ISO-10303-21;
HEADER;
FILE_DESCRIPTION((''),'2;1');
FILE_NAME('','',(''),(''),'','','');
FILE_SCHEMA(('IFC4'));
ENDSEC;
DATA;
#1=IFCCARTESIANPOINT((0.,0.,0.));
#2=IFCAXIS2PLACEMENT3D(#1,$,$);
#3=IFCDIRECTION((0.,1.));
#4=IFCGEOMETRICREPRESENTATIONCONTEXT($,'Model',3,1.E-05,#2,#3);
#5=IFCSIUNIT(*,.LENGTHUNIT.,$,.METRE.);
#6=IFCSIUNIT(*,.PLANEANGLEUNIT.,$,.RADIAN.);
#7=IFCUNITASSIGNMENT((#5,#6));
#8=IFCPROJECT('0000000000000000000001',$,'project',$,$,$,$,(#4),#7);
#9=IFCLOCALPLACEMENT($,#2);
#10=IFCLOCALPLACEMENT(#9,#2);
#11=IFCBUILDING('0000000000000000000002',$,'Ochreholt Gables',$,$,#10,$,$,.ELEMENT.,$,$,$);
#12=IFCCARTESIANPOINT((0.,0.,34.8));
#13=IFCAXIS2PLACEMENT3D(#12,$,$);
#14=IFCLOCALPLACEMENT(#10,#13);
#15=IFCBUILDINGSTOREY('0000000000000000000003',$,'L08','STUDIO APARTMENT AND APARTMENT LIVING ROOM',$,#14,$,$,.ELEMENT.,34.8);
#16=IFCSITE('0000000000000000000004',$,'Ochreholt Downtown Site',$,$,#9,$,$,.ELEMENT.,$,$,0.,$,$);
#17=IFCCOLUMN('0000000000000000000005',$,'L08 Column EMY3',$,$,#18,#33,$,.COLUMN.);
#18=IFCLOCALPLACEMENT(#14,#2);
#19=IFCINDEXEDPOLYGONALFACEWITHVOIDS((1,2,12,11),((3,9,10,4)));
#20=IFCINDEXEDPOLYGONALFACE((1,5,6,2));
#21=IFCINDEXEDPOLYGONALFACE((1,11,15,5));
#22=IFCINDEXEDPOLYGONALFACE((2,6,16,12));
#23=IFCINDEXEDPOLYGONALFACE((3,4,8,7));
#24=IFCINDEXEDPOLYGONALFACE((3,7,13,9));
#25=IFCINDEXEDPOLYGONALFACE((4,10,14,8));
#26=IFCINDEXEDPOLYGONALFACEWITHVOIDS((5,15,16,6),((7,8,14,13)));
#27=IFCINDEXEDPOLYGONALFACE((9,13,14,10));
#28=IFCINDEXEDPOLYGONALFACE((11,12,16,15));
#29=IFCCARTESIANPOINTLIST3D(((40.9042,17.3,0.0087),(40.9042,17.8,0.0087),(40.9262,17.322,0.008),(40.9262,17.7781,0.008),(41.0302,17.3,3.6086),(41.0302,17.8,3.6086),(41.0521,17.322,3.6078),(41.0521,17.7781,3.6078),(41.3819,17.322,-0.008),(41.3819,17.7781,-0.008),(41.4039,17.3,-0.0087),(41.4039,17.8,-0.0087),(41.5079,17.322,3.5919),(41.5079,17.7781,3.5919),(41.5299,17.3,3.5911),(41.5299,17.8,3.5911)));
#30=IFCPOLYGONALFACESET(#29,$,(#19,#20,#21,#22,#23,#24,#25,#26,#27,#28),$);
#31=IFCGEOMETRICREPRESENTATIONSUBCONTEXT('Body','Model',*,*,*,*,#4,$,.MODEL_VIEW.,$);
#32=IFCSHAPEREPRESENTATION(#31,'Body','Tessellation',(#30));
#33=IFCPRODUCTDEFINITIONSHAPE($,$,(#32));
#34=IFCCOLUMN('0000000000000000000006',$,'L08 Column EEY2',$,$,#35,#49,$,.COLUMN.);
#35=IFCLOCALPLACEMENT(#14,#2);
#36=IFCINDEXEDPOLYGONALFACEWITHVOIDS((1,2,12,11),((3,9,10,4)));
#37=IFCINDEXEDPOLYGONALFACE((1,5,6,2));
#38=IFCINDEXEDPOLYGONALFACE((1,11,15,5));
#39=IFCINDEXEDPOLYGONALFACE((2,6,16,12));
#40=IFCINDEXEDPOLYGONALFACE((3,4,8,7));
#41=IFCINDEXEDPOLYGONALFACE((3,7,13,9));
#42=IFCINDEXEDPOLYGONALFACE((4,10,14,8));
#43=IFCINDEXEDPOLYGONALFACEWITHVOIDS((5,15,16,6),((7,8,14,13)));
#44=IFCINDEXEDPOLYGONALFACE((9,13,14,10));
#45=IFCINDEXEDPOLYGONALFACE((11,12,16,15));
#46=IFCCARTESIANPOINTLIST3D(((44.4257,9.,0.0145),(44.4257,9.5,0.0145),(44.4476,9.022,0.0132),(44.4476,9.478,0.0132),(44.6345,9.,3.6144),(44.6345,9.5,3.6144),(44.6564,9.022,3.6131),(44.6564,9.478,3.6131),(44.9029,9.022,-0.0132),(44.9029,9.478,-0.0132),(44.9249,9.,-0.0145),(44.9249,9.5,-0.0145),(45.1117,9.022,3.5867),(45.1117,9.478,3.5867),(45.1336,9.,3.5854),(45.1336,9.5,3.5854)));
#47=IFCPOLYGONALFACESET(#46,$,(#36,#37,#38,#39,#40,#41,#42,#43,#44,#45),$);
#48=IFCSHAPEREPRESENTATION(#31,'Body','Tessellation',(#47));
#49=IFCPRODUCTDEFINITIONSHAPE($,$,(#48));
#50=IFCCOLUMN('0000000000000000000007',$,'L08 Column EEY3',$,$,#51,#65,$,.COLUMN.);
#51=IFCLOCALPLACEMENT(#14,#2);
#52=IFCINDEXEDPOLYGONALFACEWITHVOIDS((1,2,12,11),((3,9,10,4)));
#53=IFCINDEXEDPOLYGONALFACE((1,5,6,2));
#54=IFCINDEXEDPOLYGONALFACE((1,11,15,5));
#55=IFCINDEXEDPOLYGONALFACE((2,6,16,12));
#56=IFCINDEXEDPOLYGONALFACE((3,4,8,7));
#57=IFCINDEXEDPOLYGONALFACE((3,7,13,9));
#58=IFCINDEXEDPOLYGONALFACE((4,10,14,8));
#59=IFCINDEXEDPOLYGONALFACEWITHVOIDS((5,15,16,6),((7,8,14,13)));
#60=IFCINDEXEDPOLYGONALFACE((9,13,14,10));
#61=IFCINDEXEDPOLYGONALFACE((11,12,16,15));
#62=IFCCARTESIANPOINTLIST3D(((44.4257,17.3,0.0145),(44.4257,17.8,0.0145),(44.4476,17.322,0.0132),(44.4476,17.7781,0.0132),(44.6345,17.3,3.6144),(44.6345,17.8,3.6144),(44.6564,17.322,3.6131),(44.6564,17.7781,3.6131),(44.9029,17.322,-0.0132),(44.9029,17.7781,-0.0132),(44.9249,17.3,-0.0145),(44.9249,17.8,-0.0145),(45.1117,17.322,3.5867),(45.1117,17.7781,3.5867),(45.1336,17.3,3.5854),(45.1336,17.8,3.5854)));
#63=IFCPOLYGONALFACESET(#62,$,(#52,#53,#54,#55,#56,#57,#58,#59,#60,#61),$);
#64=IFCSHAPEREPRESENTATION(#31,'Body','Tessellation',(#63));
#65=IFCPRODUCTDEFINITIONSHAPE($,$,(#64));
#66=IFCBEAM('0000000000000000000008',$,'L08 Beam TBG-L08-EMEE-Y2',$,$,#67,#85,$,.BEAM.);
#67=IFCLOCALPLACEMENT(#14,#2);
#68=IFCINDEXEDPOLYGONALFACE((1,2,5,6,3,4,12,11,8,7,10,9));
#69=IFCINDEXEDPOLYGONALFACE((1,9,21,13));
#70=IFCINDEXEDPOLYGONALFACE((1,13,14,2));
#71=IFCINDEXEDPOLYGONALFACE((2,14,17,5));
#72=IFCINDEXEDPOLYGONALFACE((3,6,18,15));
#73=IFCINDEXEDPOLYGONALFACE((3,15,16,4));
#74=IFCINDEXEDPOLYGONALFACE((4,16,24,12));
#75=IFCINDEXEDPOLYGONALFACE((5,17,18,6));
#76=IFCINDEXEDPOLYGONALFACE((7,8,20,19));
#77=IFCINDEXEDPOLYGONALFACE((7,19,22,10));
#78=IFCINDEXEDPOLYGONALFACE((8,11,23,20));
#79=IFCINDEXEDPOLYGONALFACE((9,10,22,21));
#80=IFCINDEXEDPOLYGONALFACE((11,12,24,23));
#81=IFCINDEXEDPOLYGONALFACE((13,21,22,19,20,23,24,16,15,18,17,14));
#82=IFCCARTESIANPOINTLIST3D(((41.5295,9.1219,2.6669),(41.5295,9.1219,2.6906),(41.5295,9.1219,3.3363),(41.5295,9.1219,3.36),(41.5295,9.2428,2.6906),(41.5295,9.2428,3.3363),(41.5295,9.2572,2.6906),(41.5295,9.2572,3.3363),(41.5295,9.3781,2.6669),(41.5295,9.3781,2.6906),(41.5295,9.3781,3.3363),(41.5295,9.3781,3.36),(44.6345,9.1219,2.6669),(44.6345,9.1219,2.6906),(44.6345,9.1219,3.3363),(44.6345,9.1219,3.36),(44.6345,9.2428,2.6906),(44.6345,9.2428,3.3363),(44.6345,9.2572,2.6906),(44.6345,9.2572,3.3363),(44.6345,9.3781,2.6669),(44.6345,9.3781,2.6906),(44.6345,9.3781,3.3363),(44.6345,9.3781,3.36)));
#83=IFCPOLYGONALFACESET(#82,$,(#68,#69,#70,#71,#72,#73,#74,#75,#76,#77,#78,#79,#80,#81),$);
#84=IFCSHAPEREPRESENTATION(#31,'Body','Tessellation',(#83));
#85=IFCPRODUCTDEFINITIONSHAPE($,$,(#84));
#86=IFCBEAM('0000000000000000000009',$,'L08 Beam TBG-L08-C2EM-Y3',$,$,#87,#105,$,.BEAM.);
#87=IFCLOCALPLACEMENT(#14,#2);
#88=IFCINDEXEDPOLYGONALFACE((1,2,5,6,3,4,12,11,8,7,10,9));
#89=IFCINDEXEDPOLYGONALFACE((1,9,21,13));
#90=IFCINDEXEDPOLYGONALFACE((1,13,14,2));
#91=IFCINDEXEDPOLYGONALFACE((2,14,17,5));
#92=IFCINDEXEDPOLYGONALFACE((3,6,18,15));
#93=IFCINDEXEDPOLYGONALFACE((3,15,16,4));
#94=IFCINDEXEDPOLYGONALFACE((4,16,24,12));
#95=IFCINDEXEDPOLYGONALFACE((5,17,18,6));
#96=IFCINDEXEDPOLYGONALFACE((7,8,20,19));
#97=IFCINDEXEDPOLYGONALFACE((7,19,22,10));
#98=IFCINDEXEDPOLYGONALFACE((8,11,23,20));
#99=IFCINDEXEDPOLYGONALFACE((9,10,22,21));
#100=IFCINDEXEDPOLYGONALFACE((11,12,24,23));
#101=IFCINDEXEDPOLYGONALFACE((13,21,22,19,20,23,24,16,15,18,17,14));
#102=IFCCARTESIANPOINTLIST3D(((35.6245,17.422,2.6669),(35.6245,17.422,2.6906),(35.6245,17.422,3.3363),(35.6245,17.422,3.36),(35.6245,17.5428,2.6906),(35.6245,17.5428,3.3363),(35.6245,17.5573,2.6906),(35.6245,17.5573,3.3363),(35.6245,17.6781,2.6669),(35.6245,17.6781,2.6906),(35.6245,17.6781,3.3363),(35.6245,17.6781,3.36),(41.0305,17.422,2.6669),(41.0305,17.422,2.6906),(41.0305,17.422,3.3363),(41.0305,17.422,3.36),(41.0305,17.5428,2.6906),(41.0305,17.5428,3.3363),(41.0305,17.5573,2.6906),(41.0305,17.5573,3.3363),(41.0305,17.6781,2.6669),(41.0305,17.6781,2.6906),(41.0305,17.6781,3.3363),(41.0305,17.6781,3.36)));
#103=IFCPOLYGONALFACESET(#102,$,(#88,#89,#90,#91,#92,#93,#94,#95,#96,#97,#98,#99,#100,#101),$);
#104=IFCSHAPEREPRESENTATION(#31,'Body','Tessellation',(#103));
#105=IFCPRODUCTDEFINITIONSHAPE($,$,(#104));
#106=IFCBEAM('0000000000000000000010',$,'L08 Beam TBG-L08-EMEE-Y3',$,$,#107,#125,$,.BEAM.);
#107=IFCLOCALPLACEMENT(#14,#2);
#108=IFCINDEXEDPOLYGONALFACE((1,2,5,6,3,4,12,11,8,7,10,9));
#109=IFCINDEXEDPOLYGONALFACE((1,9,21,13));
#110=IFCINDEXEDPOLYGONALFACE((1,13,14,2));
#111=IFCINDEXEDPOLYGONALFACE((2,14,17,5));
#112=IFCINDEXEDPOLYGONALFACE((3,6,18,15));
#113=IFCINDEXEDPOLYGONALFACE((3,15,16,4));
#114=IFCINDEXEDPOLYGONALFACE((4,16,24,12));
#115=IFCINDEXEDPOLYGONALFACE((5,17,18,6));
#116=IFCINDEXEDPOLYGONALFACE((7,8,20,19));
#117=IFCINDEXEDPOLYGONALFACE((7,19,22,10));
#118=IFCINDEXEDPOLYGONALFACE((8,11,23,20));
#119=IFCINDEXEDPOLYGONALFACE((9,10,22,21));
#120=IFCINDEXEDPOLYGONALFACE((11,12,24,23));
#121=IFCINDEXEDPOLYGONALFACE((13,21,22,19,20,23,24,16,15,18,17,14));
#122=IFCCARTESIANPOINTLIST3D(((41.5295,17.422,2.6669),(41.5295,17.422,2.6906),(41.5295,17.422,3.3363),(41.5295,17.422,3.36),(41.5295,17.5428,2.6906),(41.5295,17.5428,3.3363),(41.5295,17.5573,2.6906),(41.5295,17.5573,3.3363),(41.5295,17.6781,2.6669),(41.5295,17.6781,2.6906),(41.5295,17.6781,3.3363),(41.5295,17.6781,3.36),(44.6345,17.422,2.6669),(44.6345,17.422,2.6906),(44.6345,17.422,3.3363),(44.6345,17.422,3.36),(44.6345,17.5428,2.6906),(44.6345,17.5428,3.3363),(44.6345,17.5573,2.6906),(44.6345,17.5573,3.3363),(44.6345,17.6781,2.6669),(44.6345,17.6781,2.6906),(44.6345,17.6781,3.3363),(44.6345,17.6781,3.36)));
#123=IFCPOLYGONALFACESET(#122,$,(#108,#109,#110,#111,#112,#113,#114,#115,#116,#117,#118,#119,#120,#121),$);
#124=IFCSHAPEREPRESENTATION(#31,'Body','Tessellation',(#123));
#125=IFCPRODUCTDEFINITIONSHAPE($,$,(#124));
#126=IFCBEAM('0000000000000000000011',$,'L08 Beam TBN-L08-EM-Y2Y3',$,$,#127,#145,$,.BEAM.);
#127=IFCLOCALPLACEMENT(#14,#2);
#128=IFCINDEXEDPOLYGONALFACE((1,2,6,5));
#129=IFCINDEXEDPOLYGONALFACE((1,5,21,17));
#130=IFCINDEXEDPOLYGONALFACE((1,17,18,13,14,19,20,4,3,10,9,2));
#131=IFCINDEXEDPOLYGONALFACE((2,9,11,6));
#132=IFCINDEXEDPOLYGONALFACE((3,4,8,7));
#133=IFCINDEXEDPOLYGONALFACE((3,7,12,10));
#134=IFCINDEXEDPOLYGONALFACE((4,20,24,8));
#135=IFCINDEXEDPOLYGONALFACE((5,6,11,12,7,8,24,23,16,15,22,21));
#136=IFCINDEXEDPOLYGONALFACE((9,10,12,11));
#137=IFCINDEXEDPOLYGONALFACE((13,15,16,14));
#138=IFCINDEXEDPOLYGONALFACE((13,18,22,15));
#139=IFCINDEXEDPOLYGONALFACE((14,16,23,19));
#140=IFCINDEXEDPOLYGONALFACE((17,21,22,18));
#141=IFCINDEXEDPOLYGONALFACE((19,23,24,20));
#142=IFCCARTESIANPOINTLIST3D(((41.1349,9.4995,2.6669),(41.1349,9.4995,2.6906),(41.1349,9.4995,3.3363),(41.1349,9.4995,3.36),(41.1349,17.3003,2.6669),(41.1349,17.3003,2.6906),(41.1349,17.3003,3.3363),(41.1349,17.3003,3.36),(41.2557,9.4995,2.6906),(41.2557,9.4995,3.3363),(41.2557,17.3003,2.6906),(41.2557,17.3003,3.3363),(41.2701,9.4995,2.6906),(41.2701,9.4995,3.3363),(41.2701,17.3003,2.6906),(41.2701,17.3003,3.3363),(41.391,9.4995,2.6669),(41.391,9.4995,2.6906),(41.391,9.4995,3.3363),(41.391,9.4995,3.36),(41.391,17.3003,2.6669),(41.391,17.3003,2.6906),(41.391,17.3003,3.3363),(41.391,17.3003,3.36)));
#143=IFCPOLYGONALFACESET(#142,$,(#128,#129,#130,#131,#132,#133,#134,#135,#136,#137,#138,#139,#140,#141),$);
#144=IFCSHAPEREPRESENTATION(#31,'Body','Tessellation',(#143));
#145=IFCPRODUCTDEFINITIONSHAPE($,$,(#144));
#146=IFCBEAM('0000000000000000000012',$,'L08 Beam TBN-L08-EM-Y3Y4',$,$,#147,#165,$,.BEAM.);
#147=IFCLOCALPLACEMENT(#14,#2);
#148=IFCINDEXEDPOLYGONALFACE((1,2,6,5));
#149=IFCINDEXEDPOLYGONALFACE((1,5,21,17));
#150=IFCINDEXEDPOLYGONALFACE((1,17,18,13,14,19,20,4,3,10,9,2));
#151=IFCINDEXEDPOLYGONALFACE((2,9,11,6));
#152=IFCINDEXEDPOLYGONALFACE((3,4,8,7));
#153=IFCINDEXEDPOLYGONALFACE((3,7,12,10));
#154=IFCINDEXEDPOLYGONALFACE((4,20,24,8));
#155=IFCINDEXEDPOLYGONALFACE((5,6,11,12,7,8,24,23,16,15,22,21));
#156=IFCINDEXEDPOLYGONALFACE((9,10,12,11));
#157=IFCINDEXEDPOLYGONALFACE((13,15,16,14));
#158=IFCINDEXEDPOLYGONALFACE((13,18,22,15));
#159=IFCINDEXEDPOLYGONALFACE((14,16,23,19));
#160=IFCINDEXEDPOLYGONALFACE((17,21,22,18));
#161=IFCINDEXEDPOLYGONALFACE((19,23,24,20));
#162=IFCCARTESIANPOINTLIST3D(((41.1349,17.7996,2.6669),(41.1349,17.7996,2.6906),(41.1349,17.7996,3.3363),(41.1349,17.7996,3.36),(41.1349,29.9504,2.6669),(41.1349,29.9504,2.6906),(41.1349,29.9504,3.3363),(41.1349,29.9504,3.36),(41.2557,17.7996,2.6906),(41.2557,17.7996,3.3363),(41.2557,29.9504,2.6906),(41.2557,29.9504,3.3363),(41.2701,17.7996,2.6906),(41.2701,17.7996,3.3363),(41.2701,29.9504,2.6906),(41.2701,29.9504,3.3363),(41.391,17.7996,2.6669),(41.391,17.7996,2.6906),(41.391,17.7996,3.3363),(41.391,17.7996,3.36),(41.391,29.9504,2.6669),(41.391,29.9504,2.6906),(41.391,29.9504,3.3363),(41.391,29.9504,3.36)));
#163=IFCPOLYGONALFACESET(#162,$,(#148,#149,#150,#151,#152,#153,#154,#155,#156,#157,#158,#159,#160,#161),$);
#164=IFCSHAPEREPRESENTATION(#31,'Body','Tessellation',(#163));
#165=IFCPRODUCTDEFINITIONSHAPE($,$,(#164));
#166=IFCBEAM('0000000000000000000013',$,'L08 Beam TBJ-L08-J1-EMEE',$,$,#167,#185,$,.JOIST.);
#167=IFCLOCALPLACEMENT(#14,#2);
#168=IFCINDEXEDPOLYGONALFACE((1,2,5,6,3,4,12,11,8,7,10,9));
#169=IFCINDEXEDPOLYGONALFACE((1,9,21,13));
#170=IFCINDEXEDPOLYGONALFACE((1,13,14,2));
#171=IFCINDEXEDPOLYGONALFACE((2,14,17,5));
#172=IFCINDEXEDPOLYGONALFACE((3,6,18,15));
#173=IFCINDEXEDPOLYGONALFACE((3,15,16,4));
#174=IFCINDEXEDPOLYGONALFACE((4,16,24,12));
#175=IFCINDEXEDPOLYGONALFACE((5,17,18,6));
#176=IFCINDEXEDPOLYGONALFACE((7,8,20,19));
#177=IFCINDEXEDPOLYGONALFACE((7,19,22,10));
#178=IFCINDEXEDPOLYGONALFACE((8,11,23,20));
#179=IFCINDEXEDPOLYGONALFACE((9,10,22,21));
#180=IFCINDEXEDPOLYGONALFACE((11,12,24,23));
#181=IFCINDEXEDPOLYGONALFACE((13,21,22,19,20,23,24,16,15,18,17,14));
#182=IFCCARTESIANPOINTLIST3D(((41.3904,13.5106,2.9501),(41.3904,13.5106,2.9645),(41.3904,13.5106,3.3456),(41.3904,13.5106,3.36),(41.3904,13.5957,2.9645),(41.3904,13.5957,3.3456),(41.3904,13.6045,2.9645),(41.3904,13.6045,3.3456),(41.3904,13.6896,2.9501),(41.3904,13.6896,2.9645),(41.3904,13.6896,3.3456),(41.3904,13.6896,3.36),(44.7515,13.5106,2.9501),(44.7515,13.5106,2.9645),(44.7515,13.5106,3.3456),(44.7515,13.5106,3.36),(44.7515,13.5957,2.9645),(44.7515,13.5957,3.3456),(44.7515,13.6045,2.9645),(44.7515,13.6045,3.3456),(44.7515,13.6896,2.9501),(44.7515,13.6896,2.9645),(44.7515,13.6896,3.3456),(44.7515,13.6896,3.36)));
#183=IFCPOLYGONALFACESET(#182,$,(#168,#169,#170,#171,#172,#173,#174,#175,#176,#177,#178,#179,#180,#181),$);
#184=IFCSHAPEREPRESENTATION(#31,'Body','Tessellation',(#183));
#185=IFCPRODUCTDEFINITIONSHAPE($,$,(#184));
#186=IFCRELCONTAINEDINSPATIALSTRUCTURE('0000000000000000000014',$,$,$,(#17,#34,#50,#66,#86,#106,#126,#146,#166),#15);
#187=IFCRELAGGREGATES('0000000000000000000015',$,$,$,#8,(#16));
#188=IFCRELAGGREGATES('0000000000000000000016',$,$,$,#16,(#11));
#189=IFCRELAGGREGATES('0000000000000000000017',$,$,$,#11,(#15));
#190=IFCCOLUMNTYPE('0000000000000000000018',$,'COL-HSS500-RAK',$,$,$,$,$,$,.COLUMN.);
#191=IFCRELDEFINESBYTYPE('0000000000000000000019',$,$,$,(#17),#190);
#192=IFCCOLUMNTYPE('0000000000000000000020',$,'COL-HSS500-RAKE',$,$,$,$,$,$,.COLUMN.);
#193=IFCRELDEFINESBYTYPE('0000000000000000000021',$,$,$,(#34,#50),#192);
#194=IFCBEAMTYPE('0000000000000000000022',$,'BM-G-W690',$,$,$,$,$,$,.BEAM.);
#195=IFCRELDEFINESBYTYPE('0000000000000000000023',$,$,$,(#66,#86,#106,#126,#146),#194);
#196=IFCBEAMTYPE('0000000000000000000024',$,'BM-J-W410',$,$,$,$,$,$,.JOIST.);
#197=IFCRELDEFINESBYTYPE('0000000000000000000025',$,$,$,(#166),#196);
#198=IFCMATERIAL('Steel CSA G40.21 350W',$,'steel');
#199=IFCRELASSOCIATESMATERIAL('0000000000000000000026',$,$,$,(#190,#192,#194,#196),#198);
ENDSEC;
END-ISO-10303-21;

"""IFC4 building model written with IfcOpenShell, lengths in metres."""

from ifc_helpers import new_model, si_unit, direction, frame, origin, origin_2d, place, context, subcontext, project, spatial, hollow_rectangle, i_section, extrude, material, material_profile, profile_set, type_object, element, save


model = new_model("IFC4")

# Units and contexts
model_context = context("Model", 3, precision=1e-05, world=origin(), true_north=direction((0.0, 1.0)))
body_context = subcontext(model_context, "Body", "Model", "MODEL_VIEW")
ifc_project = project(units=[si_unit("LENGTHUNIT", "METRE"), si_unit("PLANEANGLEUNIT", "RADIAN")], contexts=[model_context])

# Site, building, storey
site_placement = place(None, origin())
site = spatial("IfcSite", under=ifc_project, at=site_placement, Name="Ochreholt Downtown Site", CompositionType="ELEMENT", RefElevation=0.0)
building_placement = place(site_placement, origin())
building = spatial("IfcBuilding", under=site, at=building_placement, Name="Ochreholt Gables", CompositionType="ELEMENT")
storey_placement = place(building_placement, frame((0.0, 0.0, 34.8)))
storey = spatial("IfcBuildingStorey", under=building, at=storey_placement, Name="L08", Description="STUDIO APARTMENT AND APARTMENT LIVING ROOM", CompositionType="ELEMENT", Elevation=34.8)

# Columns
ifc_material_1 = material(Name="Steel CSA G40.21 350W", Category="steel")
ifc_material_profile_1 = material_profile(ifc_material_1, hollow_rectangle(XDim=0.5, YDim=0.5, WallThickness=0.022, at=origin_2d()), Name="HSS500X500X22")
ifc_profile_set_1 = profile_set([ifc_material_profile_1], Name="Steel CSA G40.21 350W")
column_type_1 = type_object("IfcColumnType", Name="COL-HSS500-RAK", PredefinedType="COLUMN", material=ifc_profile_set_1)
column_placement = place(storey_placement, frame((41.1541, 17.55, 0.0), z_axis=(0.034974, 0.0, 0.999388), x_axis=(0.0, 1.0, 0.0)))
element("IfcColumn", 1, at=column_placement, inside=storey, type_object=column_type_1, Name="L08 Column EMY3", PredefinedType="COLUMN", context=body_context, shape_type="SweptSolid", body=[
    extrude(hollow_rectangle(XDim=0.5, YDim=0.5, WallThickness=0.022, at=origin_2d()), origin(), (0.0, 0.0, 1.0), 3.6021),
])
ifc_material_profile_2 = material_profile(ifc_material_1, hollow_rectangle(XDim=0.5, YDim=0.5, WallThickness=0.022, at=origin_2d()), Name="HSS500X500X22")
ifc_profile_set_2 = profile_set([ifc_material_profile_2], Name="Steel CSA G40.21 350W")
column_type_2 = type_object("IfcColumnType", Name="COL-HSS500-RAKE", PredefinedType="COLUMN", material=ifc_profile_set_2)
for number, where, z_axis, x_axis, name in (
    (2, (44.6753, 9.25, 0.0), (0.057889, 0.0, 0.998323), (0.0, 1.0, 0.0), "L08 Column EEY2"),
    (3, (44.6753, 17.55, 0.0), (0.057889, 0.0, 0.998323), (0.0, 1.0, 0.0), "L08 Column EEY3"),
):
    element("IfcColumn", number, at=place(storey_placement, frame(where, z_axis=z_axis, x_axis=x_axis)), inside=storey, type_object=column_type_2, Name=name, PredefinedType="COLUMN", context=body_context, shape_type="SweptSolid", body=[
        extrude(hollow_rectangle(XDim=0.5, YDim=0.5, WallThickness=0.022, at=origin_2d()), origin(), (0.0, 0.0, 1.0), 3.606),
    ])

# Beams
ifc_material_profile_3 = material_profile(ifc_material_1, i_section(OverallWidth=0.2561, OverallDepth=0.6931, WebThickness=0.0144, FlangeThickness=0.0237, at=origin_2d()), Name="W690X170")
ifc_profile_set_3 = profile_set([ifc_material_profile_3], Name="Steel CSA G40.21 350W")
beam_type_1 = type_object("IfcBeamType", Name="BM-G-W690", PredefinedType="BEAM", material=ifc_profile_set_3)
beam_1_placement = place(storey_placement, frame((41.5295, 9.25, 3.0134), z_axis=(1.0, 0.0, 0.0), x_axis=(0.0, 1.0, 0.0)))
element("IfcBeam", 4, at=beam_1_placement, inside=storey, type_object=beam_type_1, Name="L08 Beam TBG-L08-EMEE-Y2", PredefinedType="BEAM", context=body_context, shape_type="SweptSolid", body=[
    extrude(i_section(OverallWidth=0.2561, OverallDepth=0.6931, WebThickness=0.0144, FlangeThickness=0.0237, at=origin_2d()), origin(), (0.0, 0.0, 1.0), 3.105),
])
beam_2_placement = place(storey_placement, frame((35.6245, 17.55, 3.0134), z_axis=(1.0, 0.0, 0.0), x_axis=(0.0, 1.0, 0.0)))
element("IfcBeam", 5, at=beam_2_placement, inside=storey, type_object=beam_type_1, Name="L08 Beam TBG-L08-C2EM-Y3", PredefinedType="BEAM", context=body_context, shape_type="SweptSolid", body=[
    extrude(i_section(OverallWidth=0.2561, OverallDepth=0.6931, WebThickness=0.0144, FlangeThickness=0.0237, at=origin_2d()), origin(), (0.0, 0.0, 1.0), 5.406),
])
beam_3_placement = place(storey_placement, frame((41.5295, 17.55, 3.0134), z_axis=(1.0, 0.0, 0.0), x_axis=(0.0, 1.0, 0.0)))
element("IfcBeam", 6, at=beam_3_placement, inside=storey, type_object=beam_type_1, Name="L08 Beam TBG-L08-EMEE-Y3", PredefinedType="BEAM", context=body_context, shape_type="SweptSolid", body=[
    extrude(i_section(OverallWidth=0.2561, OverallDepth=0.6931, WebThickness=0.0144, FlangeThickness=0.0237, at=origin_2d()), origin(), (0.0, 0.0, 1.0), 3.105),
])
beam_4_placement = place(storey_placement, frame((41.2629, 9.4995, 3.0134), z_axis=(0.0, 1.0, 0.0), x_axis=(-1.0, 0.0, 0.0)))
element("IfcBeam", 7, at=beam_4_placement, inside=storey, type_object=beam_type_1, Name="L08 Beam TBN-L08-EM-Y2Y3", PredefinedType="BEAM", context=body_context, shape_type="SweptSolid", body=[
    extrude(i_section(OverallWidth=0.2561, OverallDepth=0.6931, WebThickness=0.0144, FlangeThickness=0.0237, at=origin_2d()), origin(), (0.0, 0.0, 1.0), 7.8008),
])
beam_5_placement = place(storey_placement, frame((41.2629, 17.7996, 3.0134), z_axis=(0.0, 1.0, 0.0), x_axis=(-1.0, 0.0, 0.0)))
element("IfcBeam", 8, at=beam_5_placement, inside=storey, type_object=beam_type_1, Name="L08 Beam TBN-L08-EM-Y3Y4", PredefinedType="BEAM", context=body_context, shape_type="SweptSolid", body=[
    extrude(i_section(OverallWidth=0.2561, OverallDepth=0.6931, WebThickness=0.0144, FlangeThickness=0.0237, at=origin_2d()), origin(), (0.0, 0.0, 1.0), 12.1509),
])
ifc_material_profile_4 = material_profile(ifc_material_1, i_section(OverallWidth=0.179, OverallDepth=0.4099, WebThickness=0.0088, FlangeThickness=0.0144, at=origin_2d()), Name="W410X67")
ifc_profile_set_4 = profile_set([ifc_material_profile_4], Name="Steel CSA G40.21 350W")
beam_type_2 = type_object("IfcBeamType", Name="BM-J-W410", PredefinedType="JOIST", material=ifc_profile_set_4)
beam_6_placement = place(storey_placement, frame((41.3904, 13.6001, 3.155), z_axis=(1.0, 0.0, 0.0), x_axis=(0.0, 1.0, 0.0)))
element("IfcBeam", 9, at=beam_6_placement, inside=storey, type_object=beam_type_2, Name="L08 Beam TBJ-L08-J1-EMEE", PredefinedType="JOIST", context=body_context, shape_type="SweptSolid", body=[
    extrude(i_section(OverallWidth=0.179, OverallDepth=0.4099, WebThickness=0.0088, FlangeThickness=0.0144, at=origin_2d()), origin(), (0.0, 0.0, 1.0), 3.3611),
])

save(model, "model.ifc")
